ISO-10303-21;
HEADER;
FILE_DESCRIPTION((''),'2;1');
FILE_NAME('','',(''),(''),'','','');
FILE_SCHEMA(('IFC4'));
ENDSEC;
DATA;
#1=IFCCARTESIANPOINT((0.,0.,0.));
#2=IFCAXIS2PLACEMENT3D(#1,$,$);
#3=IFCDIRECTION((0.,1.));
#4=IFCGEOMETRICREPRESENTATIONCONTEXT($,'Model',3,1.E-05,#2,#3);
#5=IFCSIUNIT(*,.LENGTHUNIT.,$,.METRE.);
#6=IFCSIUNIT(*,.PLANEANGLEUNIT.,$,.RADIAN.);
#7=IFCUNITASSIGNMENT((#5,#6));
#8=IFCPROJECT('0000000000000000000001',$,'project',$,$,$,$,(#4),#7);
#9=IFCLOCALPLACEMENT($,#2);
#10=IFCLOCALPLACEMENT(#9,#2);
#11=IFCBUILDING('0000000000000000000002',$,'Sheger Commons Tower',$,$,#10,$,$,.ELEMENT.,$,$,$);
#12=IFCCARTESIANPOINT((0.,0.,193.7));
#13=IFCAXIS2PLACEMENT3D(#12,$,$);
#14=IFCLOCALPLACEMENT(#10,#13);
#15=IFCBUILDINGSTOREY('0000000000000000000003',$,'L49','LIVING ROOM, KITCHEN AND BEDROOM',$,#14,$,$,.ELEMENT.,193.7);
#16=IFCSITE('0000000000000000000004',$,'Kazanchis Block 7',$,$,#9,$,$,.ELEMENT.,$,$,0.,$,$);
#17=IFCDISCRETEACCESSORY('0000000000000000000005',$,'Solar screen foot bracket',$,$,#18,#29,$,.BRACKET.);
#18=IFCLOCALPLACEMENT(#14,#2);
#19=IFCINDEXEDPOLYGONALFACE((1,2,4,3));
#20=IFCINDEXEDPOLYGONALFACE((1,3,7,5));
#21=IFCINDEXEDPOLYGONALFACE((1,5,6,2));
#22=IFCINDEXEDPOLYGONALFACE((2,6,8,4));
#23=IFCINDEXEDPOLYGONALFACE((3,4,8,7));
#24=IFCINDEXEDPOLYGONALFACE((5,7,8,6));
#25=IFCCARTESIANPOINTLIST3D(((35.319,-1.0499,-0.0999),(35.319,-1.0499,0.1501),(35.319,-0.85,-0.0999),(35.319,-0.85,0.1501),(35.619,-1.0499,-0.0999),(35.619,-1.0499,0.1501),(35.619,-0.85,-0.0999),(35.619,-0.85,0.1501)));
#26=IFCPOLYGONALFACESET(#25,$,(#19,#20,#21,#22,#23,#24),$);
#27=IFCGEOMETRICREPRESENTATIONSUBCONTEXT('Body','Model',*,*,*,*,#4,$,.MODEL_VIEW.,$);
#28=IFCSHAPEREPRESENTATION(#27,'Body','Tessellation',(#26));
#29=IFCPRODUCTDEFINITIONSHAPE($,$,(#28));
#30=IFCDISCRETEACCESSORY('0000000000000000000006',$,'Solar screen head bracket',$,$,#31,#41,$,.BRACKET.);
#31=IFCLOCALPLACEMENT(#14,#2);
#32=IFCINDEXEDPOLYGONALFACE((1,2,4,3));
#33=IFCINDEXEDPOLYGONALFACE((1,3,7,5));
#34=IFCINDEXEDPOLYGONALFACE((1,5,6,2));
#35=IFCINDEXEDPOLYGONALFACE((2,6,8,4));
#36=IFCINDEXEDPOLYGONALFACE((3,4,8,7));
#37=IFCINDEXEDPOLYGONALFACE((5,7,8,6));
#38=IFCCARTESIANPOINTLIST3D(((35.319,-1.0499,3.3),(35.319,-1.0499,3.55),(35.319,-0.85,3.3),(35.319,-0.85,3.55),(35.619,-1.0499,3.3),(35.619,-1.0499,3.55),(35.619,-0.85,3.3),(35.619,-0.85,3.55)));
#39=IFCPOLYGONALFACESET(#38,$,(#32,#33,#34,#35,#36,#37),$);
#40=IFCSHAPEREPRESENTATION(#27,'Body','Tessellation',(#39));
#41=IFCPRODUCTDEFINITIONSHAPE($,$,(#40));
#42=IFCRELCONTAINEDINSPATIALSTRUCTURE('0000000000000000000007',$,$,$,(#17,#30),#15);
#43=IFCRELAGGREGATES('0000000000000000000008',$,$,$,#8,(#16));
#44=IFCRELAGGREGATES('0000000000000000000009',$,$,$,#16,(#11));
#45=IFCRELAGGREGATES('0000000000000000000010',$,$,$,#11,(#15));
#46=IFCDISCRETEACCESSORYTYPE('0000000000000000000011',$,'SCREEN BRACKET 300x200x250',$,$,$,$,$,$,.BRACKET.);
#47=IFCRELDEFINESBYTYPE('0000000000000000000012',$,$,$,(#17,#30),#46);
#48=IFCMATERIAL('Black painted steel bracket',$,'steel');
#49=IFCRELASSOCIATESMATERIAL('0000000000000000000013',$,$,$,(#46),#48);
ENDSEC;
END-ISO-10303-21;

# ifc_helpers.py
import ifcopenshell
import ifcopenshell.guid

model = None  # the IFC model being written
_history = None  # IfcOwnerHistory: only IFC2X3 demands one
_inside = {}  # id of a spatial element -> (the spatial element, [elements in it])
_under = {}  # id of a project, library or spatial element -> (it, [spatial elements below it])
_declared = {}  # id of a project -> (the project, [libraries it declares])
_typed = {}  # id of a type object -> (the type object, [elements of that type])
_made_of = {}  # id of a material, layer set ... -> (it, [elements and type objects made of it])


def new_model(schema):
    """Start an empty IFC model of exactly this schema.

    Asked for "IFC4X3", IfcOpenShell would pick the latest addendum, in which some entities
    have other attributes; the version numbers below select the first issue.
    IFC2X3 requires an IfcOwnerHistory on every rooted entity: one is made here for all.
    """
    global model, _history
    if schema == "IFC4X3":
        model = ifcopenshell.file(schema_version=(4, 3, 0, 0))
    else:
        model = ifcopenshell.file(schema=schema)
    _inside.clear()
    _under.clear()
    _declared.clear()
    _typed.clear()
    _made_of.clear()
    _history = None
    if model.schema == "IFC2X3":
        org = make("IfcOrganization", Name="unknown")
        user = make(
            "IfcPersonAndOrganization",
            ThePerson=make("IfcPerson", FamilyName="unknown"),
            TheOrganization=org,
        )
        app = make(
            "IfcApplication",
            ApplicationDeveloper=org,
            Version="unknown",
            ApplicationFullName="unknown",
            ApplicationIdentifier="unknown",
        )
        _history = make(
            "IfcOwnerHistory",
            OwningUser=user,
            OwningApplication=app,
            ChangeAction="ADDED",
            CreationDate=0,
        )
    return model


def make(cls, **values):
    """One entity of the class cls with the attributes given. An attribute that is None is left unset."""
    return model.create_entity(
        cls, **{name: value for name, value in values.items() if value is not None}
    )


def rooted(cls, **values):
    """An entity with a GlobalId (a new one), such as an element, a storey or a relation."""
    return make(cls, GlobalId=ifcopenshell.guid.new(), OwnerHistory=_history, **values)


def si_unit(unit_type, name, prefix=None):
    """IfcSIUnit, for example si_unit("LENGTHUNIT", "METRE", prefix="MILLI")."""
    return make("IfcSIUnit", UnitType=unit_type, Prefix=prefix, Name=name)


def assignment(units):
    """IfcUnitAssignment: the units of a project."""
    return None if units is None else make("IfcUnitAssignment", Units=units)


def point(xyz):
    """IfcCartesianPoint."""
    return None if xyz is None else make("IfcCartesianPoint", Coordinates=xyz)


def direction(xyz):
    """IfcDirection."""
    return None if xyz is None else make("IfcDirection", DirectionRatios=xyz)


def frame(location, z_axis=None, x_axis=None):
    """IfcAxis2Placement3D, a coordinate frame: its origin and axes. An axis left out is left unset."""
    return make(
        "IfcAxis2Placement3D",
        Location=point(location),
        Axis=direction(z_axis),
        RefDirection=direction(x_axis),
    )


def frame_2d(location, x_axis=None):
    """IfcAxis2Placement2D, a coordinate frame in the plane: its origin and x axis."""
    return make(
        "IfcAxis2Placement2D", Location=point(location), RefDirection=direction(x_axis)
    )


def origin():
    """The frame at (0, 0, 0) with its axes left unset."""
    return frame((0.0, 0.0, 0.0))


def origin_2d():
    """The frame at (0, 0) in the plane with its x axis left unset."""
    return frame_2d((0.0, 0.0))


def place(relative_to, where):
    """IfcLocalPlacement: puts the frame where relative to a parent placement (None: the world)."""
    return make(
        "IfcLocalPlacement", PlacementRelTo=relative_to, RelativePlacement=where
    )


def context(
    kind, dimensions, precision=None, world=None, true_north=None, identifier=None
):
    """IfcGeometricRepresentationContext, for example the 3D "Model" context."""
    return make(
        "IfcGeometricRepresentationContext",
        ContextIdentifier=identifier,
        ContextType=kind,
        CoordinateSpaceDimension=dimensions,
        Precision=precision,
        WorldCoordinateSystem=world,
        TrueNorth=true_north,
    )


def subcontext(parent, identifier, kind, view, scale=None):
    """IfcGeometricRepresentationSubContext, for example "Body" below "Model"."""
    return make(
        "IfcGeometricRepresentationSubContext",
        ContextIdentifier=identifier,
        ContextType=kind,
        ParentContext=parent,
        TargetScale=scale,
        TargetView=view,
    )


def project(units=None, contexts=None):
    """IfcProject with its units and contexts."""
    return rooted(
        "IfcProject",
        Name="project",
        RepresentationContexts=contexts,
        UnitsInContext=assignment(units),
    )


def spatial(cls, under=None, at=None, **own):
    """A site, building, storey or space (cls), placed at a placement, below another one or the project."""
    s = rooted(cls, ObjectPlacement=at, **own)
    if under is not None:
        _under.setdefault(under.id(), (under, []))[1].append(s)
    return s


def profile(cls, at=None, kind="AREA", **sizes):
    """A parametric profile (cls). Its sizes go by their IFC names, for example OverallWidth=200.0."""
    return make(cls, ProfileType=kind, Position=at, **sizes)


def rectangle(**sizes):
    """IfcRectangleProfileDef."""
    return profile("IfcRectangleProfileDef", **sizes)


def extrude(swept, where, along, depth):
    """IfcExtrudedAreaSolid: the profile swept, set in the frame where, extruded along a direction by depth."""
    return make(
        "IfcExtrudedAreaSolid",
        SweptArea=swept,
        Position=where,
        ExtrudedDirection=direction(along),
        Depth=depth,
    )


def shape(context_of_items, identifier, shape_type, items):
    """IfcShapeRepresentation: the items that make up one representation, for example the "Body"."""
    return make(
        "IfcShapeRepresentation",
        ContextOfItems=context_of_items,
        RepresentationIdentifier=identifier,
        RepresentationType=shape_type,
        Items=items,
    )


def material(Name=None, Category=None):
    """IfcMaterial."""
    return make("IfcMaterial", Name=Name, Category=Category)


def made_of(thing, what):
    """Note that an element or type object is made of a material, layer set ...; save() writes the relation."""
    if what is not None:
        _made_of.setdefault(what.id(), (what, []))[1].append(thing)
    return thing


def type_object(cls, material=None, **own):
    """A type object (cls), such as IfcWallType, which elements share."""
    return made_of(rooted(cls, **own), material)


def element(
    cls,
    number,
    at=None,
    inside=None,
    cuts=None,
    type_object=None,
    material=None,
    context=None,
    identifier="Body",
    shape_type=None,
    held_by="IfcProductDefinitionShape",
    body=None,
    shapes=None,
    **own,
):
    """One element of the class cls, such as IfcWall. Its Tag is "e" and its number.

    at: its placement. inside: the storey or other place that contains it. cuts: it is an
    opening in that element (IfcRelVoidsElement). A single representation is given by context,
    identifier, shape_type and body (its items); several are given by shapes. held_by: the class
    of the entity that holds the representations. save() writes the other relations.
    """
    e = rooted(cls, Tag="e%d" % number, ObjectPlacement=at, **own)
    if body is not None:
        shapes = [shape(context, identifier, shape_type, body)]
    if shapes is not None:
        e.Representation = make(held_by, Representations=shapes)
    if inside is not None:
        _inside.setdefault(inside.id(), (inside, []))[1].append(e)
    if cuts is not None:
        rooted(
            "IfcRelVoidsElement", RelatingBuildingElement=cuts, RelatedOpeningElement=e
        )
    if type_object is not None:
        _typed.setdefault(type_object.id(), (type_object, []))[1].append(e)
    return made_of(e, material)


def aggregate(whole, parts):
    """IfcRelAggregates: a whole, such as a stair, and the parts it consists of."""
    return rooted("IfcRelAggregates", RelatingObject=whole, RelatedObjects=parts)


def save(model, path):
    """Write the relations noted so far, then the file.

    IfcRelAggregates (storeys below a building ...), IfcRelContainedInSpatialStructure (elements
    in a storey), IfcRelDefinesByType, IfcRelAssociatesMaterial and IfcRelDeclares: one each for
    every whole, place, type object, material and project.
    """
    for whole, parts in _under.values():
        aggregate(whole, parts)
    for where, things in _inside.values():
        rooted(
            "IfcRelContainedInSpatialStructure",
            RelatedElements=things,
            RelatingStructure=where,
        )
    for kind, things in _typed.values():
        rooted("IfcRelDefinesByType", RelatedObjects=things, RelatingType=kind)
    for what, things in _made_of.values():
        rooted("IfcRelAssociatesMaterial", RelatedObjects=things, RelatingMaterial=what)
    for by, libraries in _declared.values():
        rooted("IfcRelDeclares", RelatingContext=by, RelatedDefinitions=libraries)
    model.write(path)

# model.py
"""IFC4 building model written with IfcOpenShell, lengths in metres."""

from ifc_helpers import new_model, si_unit, direction, frame, origin, origin_2d, place, context, subcontext, project, spatial, rectangle, extrude, material, type_object, element, save


model = new_model("IFC4")

# Units and contexts
model_context = context("Model", 3, precision=1e-05, world=origin(), true_north=direction((0.0, 1.0)))
body_context = subcontext(model_context, "Body", "Model", "MODEL_VIEW")
ifc_project = project(units=[si_unit("LENGTHUNIT", "METRE"), si_unit("PLANEANGLEUNIT", "RADIAN")], contexts=[model_context])

# Site, building, storey
site_placement = place(None, origin())
site = spatial("IfcSite", under=ifc_project, at=site_placement, Name="Kazanchis Block 7", CompositionType="ELEMENT", RefElevation=0.0)
building_placement = place(site_placement, origin())
building = spatial("IfcBuilding", under=site, at=building_placement, Name="Sheger Commons Tower", CompositionType="ELEMENT")
storey_placement = place(building_placement, frame((0.0, 0.0, 193.7)))
storey = spatial("IfcBuildingStorey", under=building, at=storey_placement, Name="L49", Description="LIVING ROOM, KITCHEN AND BEDROOM", CompositionType="ELEMENT", Elevation=193.7)

# Discrete accessories
ifc_material_1 = material(Name="Black painted steel bracket", Category="steel")
discrete_accessory_type = type_object("IfcDiscreteAccessoryType", Name="SCREEN BRACKET 300x200x250", PredefinedType="BRACKET", material=ifc_material_1)
for number, where, z_axis, x_axis, name in (
    (1, (35.469, -0.95, -0.0999), (0.0, 0.0, 1.0), (1.0, 0.0, 0.0), "Solar screen foot bracket"),
    (2, (35.469, -0.95, 3.3), (0.0, 0.0, 1.0), (1.0, 0.0, 0.0), "Solar screen head bracket"),
):
    element("IfcDiscreteAccessory", number, at=place(storey_placement, frame(where, z_axis=z_axis, x_axis=x_axis)), inside=storey, type_object=discrete_accessory_type, Name=name, PredefinedType="BRACKET", context=body_context, shape_type="SweptSolid", body=[
        extrude(rectangle(XDim=0.3, YDim=0.2, at=origin_2d()), origin(), (0.0, 0.0, 1.0), 0.25),
    ])

save(model, "model.ifc")
